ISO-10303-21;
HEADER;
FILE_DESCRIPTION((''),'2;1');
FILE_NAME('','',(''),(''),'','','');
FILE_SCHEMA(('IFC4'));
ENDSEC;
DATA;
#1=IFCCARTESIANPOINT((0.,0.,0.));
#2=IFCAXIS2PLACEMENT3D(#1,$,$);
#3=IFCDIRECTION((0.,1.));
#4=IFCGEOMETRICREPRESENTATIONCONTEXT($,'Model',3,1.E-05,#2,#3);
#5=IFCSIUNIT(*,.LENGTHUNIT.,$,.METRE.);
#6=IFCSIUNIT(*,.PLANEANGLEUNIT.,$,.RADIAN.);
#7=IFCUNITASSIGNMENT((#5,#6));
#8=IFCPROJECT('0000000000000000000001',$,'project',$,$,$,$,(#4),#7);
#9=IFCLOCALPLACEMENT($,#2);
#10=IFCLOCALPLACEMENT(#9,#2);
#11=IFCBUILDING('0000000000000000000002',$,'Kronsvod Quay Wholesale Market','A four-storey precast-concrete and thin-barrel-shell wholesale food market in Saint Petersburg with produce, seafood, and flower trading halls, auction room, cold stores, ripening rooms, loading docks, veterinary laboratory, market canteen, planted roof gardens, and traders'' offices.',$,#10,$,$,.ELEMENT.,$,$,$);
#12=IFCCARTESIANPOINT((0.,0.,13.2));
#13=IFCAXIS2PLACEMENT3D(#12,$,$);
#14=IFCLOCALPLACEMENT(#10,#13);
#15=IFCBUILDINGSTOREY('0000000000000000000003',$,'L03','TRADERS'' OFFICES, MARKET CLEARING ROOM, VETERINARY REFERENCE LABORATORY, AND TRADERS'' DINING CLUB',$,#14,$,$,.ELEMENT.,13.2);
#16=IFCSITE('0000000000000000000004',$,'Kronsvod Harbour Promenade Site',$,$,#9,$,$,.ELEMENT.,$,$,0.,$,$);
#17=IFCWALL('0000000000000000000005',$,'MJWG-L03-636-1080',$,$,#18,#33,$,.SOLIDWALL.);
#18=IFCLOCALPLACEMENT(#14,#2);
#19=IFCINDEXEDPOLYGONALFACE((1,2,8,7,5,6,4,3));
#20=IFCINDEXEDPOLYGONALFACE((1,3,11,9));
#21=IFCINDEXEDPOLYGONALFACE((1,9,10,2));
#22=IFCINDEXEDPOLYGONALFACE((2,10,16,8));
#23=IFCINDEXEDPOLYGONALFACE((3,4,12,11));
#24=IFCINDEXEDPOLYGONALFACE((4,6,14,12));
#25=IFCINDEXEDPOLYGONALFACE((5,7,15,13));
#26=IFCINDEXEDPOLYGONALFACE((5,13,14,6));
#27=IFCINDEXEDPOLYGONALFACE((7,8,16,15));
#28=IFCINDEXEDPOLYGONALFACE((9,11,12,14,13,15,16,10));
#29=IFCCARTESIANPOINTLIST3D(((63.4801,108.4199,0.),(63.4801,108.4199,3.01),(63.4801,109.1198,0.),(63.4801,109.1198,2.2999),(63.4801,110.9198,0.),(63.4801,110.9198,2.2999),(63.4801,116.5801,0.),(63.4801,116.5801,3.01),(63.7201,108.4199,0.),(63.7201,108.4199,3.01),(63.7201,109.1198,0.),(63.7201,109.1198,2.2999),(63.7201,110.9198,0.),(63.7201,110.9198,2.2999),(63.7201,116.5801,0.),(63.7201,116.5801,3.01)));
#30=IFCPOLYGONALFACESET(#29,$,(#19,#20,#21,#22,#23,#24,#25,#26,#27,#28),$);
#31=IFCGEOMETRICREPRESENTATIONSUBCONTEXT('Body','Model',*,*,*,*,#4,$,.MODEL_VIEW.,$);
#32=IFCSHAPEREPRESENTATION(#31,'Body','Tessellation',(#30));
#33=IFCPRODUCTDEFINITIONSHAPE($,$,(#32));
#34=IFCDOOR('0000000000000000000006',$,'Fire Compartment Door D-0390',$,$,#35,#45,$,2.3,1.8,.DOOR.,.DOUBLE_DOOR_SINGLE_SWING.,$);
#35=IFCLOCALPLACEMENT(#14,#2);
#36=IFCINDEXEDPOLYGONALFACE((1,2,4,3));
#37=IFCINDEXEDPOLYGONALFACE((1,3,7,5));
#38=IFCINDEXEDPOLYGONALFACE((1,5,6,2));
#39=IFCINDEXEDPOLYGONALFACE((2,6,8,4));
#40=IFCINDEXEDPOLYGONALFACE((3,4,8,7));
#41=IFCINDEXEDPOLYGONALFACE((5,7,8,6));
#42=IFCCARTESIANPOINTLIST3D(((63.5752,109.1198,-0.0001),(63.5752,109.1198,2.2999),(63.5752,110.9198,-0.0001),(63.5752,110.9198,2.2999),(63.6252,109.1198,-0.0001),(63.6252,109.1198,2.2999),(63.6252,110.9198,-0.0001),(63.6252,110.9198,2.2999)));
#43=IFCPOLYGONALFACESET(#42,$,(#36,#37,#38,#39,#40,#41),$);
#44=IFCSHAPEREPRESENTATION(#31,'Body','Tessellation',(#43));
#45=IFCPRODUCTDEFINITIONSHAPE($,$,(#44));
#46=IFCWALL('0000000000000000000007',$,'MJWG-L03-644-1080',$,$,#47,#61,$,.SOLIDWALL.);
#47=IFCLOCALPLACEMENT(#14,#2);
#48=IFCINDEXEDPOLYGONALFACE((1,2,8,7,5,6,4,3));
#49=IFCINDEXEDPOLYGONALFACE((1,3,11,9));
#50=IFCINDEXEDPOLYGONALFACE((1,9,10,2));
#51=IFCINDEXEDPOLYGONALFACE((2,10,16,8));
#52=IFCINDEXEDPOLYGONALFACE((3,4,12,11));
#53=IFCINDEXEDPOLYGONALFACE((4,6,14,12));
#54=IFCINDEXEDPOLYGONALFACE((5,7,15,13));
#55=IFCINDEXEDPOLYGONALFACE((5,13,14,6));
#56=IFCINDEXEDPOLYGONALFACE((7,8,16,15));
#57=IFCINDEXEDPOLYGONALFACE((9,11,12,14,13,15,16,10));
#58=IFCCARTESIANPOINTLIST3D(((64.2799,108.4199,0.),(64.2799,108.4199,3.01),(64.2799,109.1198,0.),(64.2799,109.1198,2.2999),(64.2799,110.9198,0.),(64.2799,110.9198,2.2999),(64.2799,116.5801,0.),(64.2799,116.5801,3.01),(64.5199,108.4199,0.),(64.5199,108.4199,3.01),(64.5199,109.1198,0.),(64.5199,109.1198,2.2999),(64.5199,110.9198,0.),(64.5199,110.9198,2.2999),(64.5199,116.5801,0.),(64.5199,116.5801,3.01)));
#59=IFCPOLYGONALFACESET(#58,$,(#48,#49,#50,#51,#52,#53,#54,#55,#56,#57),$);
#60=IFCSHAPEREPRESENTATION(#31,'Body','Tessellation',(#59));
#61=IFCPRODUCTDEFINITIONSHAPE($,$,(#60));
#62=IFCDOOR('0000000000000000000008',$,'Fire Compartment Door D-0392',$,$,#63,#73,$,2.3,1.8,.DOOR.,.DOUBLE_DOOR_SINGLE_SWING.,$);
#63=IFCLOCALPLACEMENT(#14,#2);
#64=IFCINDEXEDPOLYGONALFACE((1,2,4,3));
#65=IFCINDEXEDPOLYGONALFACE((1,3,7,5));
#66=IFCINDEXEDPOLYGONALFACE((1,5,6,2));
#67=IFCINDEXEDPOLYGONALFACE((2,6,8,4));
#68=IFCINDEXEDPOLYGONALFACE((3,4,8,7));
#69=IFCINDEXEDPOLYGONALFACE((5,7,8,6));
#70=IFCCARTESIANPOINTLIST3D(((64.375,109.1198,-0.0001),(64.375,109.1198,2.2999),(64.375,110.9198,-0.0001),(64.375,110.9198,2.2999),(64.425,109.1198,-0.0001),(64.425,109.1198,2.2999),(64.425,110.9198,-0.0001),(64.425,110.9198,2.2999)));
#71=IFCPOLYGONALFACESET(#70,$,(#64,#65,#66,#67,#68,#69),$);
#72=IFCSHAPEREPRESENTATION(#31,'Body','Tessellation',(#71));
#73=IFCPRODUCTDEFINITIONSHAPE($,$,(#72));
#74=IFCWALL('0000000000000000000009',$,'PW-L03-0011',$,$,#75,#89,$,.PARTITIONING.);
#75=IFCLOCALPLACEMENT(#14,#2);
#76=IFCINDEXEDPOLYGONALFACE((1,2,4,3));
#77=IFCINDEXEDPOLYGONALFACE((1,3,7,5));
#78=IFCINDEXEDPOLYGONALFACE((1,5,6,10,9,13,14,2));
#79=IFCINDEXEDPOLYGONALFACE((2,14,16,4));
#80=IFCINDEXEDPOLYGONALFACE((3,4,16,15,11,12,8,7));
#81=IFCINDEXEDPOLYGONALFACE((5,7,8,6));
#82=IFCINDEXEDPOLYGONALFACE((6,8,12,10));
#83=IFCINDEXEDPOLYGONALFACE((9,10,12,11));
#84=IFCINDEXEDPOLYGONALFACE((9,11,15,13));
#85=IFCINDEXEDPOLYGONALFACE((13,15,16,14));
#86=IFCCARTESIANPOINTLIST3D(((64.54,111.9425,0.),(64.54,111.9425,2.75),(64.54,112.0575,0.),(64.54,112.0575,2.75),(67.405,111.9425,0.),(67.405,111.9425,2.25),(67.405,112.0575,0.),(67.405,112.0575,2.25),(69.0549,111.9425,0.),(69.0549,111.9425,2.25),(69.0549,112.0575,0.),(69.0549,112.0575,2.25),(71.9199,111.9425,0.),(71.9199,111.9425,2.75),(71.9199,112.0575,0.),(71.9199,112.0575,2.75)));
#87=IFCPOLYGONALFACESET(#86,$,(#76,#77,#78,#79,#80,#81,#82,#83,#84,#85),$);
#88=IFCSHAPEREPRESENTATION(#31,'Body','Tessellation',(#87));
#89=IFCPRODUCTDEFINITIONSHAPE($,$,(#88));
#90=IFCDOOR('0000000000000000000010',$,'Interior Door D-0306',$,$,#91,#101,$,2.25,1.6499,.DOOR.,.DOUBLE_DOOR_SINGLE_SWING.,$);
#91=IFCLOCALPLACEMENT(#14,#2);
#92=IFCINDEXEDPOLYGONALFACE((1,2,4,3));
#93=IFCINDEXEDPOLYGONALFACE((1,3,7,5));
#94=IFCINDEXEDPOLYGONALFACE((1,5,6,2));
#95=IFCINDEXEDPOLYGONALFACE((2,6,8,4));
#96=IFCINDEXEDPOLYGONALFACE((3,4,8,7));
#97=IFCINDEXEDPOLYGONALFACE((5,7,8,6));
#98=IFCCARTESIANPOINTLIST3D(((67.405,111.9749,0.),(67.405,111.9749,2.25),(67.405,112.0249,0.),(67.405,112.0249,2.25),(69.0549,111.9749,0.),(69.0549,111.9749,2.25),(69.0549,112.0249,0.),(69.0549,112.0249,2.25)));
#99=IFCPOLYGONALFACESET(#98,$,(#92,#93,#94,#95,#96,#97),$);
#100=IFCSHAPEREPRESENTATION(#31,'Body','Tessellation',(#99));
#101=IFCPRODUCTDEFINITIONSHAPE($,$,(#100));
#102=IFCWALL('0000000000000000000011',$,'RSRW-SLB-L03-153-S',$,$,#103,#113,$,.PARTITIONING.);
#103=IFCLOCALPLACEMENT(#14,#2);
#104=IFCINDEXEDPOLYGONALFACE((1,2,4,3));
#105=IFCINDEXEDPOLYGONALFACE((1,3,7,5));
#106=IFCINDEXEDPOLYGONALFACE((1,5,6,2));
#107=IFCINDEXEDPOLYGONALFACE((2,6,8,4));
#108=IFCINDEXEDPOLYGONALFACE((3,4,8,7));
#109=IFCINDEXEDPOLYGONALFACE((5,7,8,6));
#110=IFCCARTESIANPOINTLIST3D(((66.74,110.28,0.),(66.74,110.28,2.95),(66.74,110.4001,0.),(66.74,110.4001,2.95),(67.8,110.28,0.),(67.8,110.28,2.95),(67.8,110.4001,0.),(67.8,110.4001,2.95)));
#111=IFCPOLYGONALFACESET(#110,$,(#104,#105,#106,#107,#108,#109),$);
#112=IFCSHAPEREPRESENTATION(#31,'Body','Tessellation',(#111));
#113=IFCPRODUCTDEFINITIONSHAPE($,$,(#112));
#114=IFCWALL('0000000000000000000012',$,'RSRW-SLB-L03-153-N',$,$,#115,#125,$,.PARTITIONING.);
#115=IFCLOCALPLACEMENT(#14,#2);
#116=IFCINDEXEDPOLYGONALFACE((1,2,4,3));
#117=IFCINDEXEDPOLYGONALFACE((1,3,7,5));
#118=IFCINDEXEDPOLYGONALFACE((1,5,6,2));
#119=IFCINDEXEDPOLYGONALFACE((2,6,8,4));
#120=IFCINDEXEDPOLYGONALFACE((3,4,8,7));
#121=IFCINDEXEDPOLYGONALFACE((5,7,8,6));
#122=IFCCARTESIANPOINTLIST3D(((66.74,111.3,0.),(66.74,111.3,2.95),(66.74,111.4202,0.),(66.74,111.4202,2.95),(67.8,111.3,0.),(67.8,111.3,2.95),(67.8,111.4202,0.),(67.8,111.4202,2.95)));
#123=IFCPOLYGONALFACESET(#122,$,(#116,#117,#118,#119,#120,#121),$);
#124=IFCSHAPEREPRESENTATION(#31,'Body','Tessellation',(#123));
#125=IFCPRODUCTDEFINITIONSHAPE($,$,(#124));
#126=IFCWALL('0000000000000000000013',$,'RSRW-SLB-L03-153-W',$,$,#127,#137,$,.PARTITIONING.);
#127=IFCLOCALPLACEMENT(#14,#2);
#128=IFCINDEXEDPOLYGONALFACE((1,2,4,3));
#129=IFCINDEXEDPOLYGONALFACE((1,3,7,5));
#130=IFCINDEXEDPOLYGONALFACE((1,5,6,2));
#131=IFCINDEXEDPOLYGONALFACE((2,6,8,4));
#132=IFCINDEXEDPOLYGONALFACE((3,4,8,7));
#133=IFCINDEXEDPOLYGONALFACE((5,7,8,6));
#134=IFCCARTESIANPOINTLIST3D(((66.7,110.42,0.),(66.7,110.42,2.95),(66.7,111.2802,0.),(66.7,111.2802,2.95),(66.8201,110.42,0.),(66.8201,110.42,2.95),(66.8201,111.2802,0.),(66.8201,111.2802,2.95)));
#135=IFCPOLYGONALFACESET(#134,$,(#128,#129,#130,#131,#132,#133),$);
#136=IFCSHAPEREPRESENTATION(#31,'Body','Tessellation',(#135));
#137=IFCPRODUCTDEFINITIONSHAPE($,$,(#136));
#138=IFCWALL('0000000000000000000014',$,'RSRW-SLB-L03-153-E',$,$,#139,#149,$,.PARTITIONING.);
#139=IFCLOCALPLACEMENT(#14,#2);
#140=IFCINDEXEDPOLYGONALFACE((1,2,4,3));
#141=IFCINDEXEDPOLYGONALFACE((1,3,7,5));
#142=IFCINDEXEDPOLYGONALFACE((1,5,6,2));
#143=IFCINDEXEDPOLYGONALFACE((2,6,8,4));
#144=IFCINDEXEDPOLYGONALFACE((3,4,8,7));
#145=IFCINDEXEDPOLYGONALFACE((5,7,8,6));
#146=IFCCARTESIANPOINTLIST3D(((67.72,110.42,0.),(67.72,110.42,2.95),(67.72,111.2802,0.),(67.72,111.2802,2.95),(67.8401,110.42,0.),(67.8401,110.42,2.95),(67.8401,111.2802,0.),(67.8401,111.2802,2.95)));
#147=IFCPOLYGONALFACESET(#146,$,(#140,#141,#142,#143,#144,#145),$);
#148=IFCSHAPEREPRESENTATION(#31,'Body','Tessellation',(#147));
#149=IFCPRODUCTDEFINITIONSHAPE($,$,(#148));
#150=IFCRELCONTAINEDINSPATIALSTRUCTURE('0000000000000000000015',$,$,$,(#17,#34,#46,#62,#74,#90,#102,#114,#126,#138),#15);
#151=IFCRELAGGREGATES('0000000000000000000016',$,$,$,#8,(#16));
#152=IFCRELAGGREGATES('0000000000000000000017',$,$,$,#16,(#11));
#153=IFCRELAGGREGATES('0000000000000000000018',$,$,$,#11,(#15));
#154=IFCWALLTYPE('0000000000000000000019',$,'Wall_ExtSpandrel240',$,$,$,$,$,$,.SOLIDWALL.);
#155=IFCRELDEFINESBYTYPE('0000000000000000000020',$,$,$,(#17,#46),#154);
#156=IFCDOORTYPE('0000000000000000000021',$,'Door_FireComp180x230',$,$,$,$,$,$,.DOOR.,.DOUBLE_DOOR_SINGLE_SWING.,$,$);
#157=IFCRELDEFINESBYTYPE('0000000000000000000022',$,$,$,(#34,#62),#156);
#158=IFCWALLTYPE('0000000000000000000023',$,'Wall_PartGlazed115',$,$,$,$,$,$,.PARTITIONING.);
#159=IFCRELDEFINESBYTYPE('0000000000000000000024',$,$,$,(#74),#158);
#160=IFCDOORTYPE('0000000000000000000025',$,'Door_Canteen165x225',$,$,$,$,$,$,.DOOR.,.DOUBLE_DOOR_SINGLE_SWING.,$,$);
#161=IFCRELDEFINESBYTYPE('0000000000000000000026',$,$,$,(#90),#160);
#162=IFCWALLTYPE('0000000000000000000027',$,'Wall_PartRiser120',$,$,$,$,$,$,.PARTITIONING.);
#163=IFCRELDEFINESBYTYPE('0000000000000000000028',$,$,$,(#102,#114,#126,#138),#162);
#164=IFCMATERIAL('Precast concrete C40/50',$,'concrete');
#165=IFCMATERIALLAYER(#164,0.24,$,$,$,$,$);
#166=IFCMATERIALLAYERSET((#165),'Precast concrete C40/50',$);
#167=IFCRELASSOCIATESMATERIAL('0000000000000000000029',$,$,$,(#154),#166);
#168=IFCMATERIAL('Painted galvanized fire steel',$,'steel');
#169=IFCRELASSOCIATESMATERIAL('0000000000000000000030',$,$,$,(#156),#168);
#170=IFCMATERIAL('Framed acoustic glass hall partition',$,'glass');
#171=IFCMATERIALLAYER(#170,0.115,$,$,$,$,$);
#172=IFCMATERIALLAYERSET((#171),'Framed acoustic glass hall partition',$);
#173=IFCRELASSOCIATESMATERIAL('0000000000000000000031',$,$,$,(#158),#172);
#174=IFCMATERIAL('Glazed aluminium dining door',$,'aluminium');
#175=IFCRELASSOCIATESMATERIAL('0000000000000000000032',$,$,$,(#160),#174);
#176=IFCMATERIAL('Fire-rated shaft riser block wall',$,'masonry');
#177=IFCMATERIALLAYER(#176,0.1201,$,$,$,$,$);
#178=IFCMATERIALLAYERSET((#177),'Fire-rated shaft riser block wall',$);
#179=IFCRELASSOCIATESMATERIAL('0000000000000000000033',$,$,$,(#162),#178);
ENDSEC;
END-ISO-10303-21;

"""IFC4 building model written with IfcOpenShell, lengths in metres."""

from ifc_helpers import new_model, si_unit, direction, frame, frame_2d, origin, place, context, subcontext, project, spatial, rectangle, extrude, material, layer, layer_set, type_object, element, fill, save


model = new_model("IFC4")

# Units and contexts
model_context = context("Model", 3, precision=1e-05, world=origin(), true_north=direction((0.0, 1.0)))
body_context = subcontext(model_context, "Body", "Model", "MODEL_VIEW")
ifc_project = project(units=[si_unit("LENGTHUNIT", "METRE"), si_unit("PLANEANGLEUNIT", "RADIAN")], contexts=[model_context])

# Site, building, storey
site_placement = place(None, origin())
site = spatial("IfcSite", under=ifc_project, at=site_placement, Name="Kronsvod Harbour Promenade Site", CompositionType="ELEMENT", RefElevation=0.0)
building_placement = place(site_placement, origin())
building = spatial("IfcBuilding", under=site, at=building_placement, Name="Kronsvod Quay Wholesale Market", Description="A four-storey precast-concrete and thin-barrel-shell wholesale food market in Saint Petersburg with produce, seafood, and flower trading halls, auction room, cold stores, ripening rooms, loading docks, veterinary laboratory, market canteen, planted roof gardens, and traders' offices.", CompositionType="ELEMENT")
storey_placement = place(building_placement, frame((0.0, 0.0, 13.2)))
storey = spatial("IfcBuildingStorey", under=building, at=storey_placement, Name="L03", Description="TRADERS' OFFICES, MARKET CLEARING ROOM, VETERINARY REFERENCE LABORATORY, AND TRADERS' DINING CLUB", CompositionType="ELEMENT", Elevation=13.2)

# Walls, openings, doors
ifc_material_1 = material(Name="Precast concrete C40/50", Category="concrete")
ifc_layer_1 = layer(ifc_material_1, 0.24)
ifc_layer_set_1 = layer_set([ifc_layer_1], Name="Precast concrete C40/50")
wall_type_1 = type_object("IfcWallType", Name="Wall_ExtSpandrel240", PredefinedType="SOLIDWALL", material=ifc_layer_set_1)
wall_1_placement = place(storey_placement, frame((63.6001, 108.4199, 0.0), z_axis=(0.0, 0.0, 1.0), x_axis=(0.0, 1.0, 0.0)))
wall_1 = element("IfcWall", 1, at=wall_1_placement, inside=storey, type_object=wall_type_1, Name="MJWG-L03-636-1080", PredefinedType="SOLIDWALL", context=body_context, shape_type="SweptSolid", body=[
    extrude(rectangle(XDim=8.1602, YDim=0.24, at=frame_2d((4.0801, 0.0))), origin(), (0.0, 0.0, 1.0), 3.01),
])
opening_1_placement = place(wall_1_placement, frame((0.7, 0.0, 0.0)))
opening_1 = element("IfcOpeningElement", 2, at=opening_1_placement, cuts=wall_1, PredefinedType="OPENING", context=body_context, shape_type="SweptSolid", body=[
    extrude(rectangle(XDim=1.8, YDim=2.3, at=frame_2d((0.8999, 1.1499))), frame((0.0, 0.1299, 0.0), z_axis=(0.0, -1.0, 0.0), x_axis=(1.0, 0.0, 0.0)), (0.0, 0.0, 1.0), 0.26),
])
ifc_material_2 = material(Name="Painted galvanized fire steel", Category="steel")
door_type_1 = type_object("IfcDoorType", Name="Door_FireComp180x230", OperationType="DOUBLE_DOOR_SINGLE_SWING", PredefinedType="DOOR", material=ifc_material_2)
door_1_placement = place(opening_1_placement, origin())
door_1 = element("IfcDoor", 3, at=door_1_placement, inside=storey, type_object=door_type_1, Name="Fire Compartment Door D-0390", OperationType="DOUBLE_DOOR_SINGLE_SWING", OverallHeight=2.3, OverallWidth=1.8, PredefinedType="DOOR", context=body_context, shape_type="SweptSolid", body=[
    extrude(rectangle(XDim=1.8, YDim=2.3, at=frame_2d((0.8999, 1.1499))), frame((0.0, 0.0249, 0.0), z_axis=(0.0, -1.0, 0.0), x_axis=(1.0, 0.0, 0.0)), (0.0, 0.0, 1.0), 0.05),
])
fill(opening_1, door_1)
wall_2_placement = place(storey_placement, frame((64.3999, 108.4199, 0.0), z_axis=(0.0, 0.0, 1.0), x_axis=(0.0, 1.0, 0.0)))
wall_2 = element("IfcWall", 4, at=wall_2_placement, inside=storey, type_object=wall_type_1, Name="MJWG-L03-644-1080", PredefinedType="SOLIDWALL", context=body_context, shape_type="SweptSolid", body=[
    extrude(rectangle(XDim=8.1602, YDim=0.24, at=frame_2d((4.0801, 0.0))), origin(), (0.0, 0.0, 1.0), 3.01),
])
opening_2_placement = place(wall_2_placement, frame((0.7, 0.0, 0.0)))
opening_2 = element("IfcOpeningElement", 5, at=opening_2_placement, cuts=wall_2, PredefinedType="OPENING", context=body_context, shape_type="SweptSolid", body=[
    extrude(rectangle(XDim=1.8, YDim=2.3, at=frame_2d((0.8999, 1.1499))), frame((0.0, 0.1299, 0.0), z_axis=(0.0, -1.0, 0.0), x_axis=(1.0, 0.0, 0.0)), (0.0, 0.0, 1.0), 0.26),
])
door_2_placement = place(opening_2_placement, origin())
door_2 = element("IfcDoor", 6, at=door_2_placement, inside=storey, type_object=door_type_1, Name="Fire Compartment Door D-0392", OperationType="DOUBLE_DOOR_SINGLE_SWING", OverallHeight=2.3, OverallWidth=1.8, PredefinedType="DOOR", context=body_context, shape_type="SweptSolid", body=[
    extrude(rectangle(XDim=1.8, YDim=2.3, at=frame_2d((0.8999, 1.1499))), frame((0.0, 0.0249, 0.0), z_axis=(0.0, -1.0, 0.0), x_axis=(1.0, 0.0, 0.0)), (0.0, 0.0, 1.0), 0.05),
])
fill(opening_2, door_2)
ifc_material_3 = material(Name="Framed acoustic glass hall partition", Category="glass")
ifc_layer_2 = layer(ifc_material_3, 0.115)
ifc_layer_set_2 = layer_set([ifc_layer_2], Name="Framed acoustic glass hall partition")
wall_type_2 = type_object("IfcWallType", Name="Wall_PartGlazed115", PredefinedType="PARTITIONING", material=ifc_layer_set_2)
wall_3_placement = place(storey_placement, frame((64.54, 112.0, 0.0), z_axis=(0.0, 0.0, 1.0), x_axis=(1.0, 0.0, 0.0)))
wall_3 = element("IfcWall", 7, at=wall_3_placement, inside=storey, type_object=wall_type_2, Name="PW-L03-0011", PredefinedType="PARTITIONING", context=body_context, shape_type="SweptSolid", body=[
    extrude(rectangle(XDim=7.3799, YDim=0.115, at=frame_2d((3.6899, 0.0))), origin(), (0.0, 0.0, 1.0), 2.75),
])
opening_3_placement = place(wall_3_placement, frame((2.865, 0.0, 0.0)))
opening_3 = element("IfcOpeningElement", 8, at=opening_3_placement, cuts=wall_3, PredefinedType="OPENING", context=body_context, shape_type="SweptSolid", body=[
    extrude(rectangle(XDim=1.6499, YDim=2.25, at=frame_2d((0.825, 1.125))), frame((0.0, 0.0674, 0.0), z_axis=(0.0, -1.0, 0.0), x_axis=(1.0, 0.0, 0.0)), (0.0, 0.0, 1.0), 0.135),
])
ifc_material_4 = material(Name="Glazed aluminium dining door", Category="aluminium")
door_type_2 = type_object("IfcDoorType", Name="Door_Canteen165x225", OperationType="DOUBLE_DOOR_SINGLE_SWING", PredefinedType="DOOR", material=ifc_material_4)
door_3_placement = place(opening_3_placement, origin())
door_3 = element("IfcDoor", 9, at=door_3_placement, inside=storey, type_object=door_type_2, Name="Interior Door D-0306", OperationType="DOUBLE_DOOR_SINGLE_SWING", OverallHeight=2.25, OverallWidth=1.6499, PredefinedType="DOOR", context=body_context, shape_type="SweptSolid", body=[
    extrude(rectangle(XDim=1.6499, YDim=2.25, at=frame_2d((0.825, 1.125))), frame((0.0, 0.0249, 0.0), z_axis=(0.0, -1.0, 0.0), x_axis=(1.0, 0.0, 0.0)), (0.0, 0.0, 1.0), 0.05),
])
fill(opening_3, door_3)

# Walls
ifc_material_5 = material(Name="Fire-rated shaft riser block wall", Category="masonry")
ifc_layer_3 = layer(ifc_material_5, 0.1201)
ifc_layer_set_3 = layer_set([ifc_layer_3], Name="Fire-rated shaft riser block wall")
wall_type_3 = type_object("IfcWallType", Name="Wall_PartRiser120", PredefinedType="PARTITIONING", material=ifc_layer_set_3)
for number, where, z_axis, x_axis, name in (
    (10, (66.74, 110.3401, 0.0), (0.0, 0.0, 1.0), (1.0, 0.0, 0.0), "RSRW-SLB-L03-153-S"),
    (11, (66.74, 111.3601, 0.0), (0.0, 0.0, 1.0), (1.0, 0.0, 0.0), "RSRW-SLB-L03-153-N"),
):
    element("IfcWall", number, at=place(storey_placement, frame(where, z_axis=z_axis, x_axis=x_axis)), inside=storey, type_object=wall_type_3, Name=name, PredefinedType="PARTITIONING", context=body_context, shape_type="SweptSolid", body=[
        extrude(rectangle(XDim=1.0601, YDim=0.1201, at=frame_2d((0.53, 0.0))), origin(), (0.0, 0.0, 1.0), 2.95),
    ])
for number, where, z_axis, x_axis, name in (
    (12, (66.76, 110.4199, 0.0), (0.0, 0.0, 1.0), (0.0, 1.0, 0.0), "RSRW-SLB-L03-153-W"),
    (13, (67.78, 110.4199, 0.0), (0.0, 0.0, 1.0), (0.0, 1.0, 0.0), "RSRW-SLB-L03-153-E"),
):
    element("IfcWall", number, at=place(storey_placement, frame(where, z_axis=z_axis, x_axis=x_axis)), inside=storey, type_object=wall_type_3, Name=name, PredefinedType="PARTITIONING", context=body_context, shape_type="SweptSolid", body=[
        extrude(rectangle(XDim=0.8601, YDim=0.1201, at=frame_2d((0.4302, 0.0))), origin(), (0.0, 0.0, 1.0), 2.95),
    ])

save(model, "model.ifc")
